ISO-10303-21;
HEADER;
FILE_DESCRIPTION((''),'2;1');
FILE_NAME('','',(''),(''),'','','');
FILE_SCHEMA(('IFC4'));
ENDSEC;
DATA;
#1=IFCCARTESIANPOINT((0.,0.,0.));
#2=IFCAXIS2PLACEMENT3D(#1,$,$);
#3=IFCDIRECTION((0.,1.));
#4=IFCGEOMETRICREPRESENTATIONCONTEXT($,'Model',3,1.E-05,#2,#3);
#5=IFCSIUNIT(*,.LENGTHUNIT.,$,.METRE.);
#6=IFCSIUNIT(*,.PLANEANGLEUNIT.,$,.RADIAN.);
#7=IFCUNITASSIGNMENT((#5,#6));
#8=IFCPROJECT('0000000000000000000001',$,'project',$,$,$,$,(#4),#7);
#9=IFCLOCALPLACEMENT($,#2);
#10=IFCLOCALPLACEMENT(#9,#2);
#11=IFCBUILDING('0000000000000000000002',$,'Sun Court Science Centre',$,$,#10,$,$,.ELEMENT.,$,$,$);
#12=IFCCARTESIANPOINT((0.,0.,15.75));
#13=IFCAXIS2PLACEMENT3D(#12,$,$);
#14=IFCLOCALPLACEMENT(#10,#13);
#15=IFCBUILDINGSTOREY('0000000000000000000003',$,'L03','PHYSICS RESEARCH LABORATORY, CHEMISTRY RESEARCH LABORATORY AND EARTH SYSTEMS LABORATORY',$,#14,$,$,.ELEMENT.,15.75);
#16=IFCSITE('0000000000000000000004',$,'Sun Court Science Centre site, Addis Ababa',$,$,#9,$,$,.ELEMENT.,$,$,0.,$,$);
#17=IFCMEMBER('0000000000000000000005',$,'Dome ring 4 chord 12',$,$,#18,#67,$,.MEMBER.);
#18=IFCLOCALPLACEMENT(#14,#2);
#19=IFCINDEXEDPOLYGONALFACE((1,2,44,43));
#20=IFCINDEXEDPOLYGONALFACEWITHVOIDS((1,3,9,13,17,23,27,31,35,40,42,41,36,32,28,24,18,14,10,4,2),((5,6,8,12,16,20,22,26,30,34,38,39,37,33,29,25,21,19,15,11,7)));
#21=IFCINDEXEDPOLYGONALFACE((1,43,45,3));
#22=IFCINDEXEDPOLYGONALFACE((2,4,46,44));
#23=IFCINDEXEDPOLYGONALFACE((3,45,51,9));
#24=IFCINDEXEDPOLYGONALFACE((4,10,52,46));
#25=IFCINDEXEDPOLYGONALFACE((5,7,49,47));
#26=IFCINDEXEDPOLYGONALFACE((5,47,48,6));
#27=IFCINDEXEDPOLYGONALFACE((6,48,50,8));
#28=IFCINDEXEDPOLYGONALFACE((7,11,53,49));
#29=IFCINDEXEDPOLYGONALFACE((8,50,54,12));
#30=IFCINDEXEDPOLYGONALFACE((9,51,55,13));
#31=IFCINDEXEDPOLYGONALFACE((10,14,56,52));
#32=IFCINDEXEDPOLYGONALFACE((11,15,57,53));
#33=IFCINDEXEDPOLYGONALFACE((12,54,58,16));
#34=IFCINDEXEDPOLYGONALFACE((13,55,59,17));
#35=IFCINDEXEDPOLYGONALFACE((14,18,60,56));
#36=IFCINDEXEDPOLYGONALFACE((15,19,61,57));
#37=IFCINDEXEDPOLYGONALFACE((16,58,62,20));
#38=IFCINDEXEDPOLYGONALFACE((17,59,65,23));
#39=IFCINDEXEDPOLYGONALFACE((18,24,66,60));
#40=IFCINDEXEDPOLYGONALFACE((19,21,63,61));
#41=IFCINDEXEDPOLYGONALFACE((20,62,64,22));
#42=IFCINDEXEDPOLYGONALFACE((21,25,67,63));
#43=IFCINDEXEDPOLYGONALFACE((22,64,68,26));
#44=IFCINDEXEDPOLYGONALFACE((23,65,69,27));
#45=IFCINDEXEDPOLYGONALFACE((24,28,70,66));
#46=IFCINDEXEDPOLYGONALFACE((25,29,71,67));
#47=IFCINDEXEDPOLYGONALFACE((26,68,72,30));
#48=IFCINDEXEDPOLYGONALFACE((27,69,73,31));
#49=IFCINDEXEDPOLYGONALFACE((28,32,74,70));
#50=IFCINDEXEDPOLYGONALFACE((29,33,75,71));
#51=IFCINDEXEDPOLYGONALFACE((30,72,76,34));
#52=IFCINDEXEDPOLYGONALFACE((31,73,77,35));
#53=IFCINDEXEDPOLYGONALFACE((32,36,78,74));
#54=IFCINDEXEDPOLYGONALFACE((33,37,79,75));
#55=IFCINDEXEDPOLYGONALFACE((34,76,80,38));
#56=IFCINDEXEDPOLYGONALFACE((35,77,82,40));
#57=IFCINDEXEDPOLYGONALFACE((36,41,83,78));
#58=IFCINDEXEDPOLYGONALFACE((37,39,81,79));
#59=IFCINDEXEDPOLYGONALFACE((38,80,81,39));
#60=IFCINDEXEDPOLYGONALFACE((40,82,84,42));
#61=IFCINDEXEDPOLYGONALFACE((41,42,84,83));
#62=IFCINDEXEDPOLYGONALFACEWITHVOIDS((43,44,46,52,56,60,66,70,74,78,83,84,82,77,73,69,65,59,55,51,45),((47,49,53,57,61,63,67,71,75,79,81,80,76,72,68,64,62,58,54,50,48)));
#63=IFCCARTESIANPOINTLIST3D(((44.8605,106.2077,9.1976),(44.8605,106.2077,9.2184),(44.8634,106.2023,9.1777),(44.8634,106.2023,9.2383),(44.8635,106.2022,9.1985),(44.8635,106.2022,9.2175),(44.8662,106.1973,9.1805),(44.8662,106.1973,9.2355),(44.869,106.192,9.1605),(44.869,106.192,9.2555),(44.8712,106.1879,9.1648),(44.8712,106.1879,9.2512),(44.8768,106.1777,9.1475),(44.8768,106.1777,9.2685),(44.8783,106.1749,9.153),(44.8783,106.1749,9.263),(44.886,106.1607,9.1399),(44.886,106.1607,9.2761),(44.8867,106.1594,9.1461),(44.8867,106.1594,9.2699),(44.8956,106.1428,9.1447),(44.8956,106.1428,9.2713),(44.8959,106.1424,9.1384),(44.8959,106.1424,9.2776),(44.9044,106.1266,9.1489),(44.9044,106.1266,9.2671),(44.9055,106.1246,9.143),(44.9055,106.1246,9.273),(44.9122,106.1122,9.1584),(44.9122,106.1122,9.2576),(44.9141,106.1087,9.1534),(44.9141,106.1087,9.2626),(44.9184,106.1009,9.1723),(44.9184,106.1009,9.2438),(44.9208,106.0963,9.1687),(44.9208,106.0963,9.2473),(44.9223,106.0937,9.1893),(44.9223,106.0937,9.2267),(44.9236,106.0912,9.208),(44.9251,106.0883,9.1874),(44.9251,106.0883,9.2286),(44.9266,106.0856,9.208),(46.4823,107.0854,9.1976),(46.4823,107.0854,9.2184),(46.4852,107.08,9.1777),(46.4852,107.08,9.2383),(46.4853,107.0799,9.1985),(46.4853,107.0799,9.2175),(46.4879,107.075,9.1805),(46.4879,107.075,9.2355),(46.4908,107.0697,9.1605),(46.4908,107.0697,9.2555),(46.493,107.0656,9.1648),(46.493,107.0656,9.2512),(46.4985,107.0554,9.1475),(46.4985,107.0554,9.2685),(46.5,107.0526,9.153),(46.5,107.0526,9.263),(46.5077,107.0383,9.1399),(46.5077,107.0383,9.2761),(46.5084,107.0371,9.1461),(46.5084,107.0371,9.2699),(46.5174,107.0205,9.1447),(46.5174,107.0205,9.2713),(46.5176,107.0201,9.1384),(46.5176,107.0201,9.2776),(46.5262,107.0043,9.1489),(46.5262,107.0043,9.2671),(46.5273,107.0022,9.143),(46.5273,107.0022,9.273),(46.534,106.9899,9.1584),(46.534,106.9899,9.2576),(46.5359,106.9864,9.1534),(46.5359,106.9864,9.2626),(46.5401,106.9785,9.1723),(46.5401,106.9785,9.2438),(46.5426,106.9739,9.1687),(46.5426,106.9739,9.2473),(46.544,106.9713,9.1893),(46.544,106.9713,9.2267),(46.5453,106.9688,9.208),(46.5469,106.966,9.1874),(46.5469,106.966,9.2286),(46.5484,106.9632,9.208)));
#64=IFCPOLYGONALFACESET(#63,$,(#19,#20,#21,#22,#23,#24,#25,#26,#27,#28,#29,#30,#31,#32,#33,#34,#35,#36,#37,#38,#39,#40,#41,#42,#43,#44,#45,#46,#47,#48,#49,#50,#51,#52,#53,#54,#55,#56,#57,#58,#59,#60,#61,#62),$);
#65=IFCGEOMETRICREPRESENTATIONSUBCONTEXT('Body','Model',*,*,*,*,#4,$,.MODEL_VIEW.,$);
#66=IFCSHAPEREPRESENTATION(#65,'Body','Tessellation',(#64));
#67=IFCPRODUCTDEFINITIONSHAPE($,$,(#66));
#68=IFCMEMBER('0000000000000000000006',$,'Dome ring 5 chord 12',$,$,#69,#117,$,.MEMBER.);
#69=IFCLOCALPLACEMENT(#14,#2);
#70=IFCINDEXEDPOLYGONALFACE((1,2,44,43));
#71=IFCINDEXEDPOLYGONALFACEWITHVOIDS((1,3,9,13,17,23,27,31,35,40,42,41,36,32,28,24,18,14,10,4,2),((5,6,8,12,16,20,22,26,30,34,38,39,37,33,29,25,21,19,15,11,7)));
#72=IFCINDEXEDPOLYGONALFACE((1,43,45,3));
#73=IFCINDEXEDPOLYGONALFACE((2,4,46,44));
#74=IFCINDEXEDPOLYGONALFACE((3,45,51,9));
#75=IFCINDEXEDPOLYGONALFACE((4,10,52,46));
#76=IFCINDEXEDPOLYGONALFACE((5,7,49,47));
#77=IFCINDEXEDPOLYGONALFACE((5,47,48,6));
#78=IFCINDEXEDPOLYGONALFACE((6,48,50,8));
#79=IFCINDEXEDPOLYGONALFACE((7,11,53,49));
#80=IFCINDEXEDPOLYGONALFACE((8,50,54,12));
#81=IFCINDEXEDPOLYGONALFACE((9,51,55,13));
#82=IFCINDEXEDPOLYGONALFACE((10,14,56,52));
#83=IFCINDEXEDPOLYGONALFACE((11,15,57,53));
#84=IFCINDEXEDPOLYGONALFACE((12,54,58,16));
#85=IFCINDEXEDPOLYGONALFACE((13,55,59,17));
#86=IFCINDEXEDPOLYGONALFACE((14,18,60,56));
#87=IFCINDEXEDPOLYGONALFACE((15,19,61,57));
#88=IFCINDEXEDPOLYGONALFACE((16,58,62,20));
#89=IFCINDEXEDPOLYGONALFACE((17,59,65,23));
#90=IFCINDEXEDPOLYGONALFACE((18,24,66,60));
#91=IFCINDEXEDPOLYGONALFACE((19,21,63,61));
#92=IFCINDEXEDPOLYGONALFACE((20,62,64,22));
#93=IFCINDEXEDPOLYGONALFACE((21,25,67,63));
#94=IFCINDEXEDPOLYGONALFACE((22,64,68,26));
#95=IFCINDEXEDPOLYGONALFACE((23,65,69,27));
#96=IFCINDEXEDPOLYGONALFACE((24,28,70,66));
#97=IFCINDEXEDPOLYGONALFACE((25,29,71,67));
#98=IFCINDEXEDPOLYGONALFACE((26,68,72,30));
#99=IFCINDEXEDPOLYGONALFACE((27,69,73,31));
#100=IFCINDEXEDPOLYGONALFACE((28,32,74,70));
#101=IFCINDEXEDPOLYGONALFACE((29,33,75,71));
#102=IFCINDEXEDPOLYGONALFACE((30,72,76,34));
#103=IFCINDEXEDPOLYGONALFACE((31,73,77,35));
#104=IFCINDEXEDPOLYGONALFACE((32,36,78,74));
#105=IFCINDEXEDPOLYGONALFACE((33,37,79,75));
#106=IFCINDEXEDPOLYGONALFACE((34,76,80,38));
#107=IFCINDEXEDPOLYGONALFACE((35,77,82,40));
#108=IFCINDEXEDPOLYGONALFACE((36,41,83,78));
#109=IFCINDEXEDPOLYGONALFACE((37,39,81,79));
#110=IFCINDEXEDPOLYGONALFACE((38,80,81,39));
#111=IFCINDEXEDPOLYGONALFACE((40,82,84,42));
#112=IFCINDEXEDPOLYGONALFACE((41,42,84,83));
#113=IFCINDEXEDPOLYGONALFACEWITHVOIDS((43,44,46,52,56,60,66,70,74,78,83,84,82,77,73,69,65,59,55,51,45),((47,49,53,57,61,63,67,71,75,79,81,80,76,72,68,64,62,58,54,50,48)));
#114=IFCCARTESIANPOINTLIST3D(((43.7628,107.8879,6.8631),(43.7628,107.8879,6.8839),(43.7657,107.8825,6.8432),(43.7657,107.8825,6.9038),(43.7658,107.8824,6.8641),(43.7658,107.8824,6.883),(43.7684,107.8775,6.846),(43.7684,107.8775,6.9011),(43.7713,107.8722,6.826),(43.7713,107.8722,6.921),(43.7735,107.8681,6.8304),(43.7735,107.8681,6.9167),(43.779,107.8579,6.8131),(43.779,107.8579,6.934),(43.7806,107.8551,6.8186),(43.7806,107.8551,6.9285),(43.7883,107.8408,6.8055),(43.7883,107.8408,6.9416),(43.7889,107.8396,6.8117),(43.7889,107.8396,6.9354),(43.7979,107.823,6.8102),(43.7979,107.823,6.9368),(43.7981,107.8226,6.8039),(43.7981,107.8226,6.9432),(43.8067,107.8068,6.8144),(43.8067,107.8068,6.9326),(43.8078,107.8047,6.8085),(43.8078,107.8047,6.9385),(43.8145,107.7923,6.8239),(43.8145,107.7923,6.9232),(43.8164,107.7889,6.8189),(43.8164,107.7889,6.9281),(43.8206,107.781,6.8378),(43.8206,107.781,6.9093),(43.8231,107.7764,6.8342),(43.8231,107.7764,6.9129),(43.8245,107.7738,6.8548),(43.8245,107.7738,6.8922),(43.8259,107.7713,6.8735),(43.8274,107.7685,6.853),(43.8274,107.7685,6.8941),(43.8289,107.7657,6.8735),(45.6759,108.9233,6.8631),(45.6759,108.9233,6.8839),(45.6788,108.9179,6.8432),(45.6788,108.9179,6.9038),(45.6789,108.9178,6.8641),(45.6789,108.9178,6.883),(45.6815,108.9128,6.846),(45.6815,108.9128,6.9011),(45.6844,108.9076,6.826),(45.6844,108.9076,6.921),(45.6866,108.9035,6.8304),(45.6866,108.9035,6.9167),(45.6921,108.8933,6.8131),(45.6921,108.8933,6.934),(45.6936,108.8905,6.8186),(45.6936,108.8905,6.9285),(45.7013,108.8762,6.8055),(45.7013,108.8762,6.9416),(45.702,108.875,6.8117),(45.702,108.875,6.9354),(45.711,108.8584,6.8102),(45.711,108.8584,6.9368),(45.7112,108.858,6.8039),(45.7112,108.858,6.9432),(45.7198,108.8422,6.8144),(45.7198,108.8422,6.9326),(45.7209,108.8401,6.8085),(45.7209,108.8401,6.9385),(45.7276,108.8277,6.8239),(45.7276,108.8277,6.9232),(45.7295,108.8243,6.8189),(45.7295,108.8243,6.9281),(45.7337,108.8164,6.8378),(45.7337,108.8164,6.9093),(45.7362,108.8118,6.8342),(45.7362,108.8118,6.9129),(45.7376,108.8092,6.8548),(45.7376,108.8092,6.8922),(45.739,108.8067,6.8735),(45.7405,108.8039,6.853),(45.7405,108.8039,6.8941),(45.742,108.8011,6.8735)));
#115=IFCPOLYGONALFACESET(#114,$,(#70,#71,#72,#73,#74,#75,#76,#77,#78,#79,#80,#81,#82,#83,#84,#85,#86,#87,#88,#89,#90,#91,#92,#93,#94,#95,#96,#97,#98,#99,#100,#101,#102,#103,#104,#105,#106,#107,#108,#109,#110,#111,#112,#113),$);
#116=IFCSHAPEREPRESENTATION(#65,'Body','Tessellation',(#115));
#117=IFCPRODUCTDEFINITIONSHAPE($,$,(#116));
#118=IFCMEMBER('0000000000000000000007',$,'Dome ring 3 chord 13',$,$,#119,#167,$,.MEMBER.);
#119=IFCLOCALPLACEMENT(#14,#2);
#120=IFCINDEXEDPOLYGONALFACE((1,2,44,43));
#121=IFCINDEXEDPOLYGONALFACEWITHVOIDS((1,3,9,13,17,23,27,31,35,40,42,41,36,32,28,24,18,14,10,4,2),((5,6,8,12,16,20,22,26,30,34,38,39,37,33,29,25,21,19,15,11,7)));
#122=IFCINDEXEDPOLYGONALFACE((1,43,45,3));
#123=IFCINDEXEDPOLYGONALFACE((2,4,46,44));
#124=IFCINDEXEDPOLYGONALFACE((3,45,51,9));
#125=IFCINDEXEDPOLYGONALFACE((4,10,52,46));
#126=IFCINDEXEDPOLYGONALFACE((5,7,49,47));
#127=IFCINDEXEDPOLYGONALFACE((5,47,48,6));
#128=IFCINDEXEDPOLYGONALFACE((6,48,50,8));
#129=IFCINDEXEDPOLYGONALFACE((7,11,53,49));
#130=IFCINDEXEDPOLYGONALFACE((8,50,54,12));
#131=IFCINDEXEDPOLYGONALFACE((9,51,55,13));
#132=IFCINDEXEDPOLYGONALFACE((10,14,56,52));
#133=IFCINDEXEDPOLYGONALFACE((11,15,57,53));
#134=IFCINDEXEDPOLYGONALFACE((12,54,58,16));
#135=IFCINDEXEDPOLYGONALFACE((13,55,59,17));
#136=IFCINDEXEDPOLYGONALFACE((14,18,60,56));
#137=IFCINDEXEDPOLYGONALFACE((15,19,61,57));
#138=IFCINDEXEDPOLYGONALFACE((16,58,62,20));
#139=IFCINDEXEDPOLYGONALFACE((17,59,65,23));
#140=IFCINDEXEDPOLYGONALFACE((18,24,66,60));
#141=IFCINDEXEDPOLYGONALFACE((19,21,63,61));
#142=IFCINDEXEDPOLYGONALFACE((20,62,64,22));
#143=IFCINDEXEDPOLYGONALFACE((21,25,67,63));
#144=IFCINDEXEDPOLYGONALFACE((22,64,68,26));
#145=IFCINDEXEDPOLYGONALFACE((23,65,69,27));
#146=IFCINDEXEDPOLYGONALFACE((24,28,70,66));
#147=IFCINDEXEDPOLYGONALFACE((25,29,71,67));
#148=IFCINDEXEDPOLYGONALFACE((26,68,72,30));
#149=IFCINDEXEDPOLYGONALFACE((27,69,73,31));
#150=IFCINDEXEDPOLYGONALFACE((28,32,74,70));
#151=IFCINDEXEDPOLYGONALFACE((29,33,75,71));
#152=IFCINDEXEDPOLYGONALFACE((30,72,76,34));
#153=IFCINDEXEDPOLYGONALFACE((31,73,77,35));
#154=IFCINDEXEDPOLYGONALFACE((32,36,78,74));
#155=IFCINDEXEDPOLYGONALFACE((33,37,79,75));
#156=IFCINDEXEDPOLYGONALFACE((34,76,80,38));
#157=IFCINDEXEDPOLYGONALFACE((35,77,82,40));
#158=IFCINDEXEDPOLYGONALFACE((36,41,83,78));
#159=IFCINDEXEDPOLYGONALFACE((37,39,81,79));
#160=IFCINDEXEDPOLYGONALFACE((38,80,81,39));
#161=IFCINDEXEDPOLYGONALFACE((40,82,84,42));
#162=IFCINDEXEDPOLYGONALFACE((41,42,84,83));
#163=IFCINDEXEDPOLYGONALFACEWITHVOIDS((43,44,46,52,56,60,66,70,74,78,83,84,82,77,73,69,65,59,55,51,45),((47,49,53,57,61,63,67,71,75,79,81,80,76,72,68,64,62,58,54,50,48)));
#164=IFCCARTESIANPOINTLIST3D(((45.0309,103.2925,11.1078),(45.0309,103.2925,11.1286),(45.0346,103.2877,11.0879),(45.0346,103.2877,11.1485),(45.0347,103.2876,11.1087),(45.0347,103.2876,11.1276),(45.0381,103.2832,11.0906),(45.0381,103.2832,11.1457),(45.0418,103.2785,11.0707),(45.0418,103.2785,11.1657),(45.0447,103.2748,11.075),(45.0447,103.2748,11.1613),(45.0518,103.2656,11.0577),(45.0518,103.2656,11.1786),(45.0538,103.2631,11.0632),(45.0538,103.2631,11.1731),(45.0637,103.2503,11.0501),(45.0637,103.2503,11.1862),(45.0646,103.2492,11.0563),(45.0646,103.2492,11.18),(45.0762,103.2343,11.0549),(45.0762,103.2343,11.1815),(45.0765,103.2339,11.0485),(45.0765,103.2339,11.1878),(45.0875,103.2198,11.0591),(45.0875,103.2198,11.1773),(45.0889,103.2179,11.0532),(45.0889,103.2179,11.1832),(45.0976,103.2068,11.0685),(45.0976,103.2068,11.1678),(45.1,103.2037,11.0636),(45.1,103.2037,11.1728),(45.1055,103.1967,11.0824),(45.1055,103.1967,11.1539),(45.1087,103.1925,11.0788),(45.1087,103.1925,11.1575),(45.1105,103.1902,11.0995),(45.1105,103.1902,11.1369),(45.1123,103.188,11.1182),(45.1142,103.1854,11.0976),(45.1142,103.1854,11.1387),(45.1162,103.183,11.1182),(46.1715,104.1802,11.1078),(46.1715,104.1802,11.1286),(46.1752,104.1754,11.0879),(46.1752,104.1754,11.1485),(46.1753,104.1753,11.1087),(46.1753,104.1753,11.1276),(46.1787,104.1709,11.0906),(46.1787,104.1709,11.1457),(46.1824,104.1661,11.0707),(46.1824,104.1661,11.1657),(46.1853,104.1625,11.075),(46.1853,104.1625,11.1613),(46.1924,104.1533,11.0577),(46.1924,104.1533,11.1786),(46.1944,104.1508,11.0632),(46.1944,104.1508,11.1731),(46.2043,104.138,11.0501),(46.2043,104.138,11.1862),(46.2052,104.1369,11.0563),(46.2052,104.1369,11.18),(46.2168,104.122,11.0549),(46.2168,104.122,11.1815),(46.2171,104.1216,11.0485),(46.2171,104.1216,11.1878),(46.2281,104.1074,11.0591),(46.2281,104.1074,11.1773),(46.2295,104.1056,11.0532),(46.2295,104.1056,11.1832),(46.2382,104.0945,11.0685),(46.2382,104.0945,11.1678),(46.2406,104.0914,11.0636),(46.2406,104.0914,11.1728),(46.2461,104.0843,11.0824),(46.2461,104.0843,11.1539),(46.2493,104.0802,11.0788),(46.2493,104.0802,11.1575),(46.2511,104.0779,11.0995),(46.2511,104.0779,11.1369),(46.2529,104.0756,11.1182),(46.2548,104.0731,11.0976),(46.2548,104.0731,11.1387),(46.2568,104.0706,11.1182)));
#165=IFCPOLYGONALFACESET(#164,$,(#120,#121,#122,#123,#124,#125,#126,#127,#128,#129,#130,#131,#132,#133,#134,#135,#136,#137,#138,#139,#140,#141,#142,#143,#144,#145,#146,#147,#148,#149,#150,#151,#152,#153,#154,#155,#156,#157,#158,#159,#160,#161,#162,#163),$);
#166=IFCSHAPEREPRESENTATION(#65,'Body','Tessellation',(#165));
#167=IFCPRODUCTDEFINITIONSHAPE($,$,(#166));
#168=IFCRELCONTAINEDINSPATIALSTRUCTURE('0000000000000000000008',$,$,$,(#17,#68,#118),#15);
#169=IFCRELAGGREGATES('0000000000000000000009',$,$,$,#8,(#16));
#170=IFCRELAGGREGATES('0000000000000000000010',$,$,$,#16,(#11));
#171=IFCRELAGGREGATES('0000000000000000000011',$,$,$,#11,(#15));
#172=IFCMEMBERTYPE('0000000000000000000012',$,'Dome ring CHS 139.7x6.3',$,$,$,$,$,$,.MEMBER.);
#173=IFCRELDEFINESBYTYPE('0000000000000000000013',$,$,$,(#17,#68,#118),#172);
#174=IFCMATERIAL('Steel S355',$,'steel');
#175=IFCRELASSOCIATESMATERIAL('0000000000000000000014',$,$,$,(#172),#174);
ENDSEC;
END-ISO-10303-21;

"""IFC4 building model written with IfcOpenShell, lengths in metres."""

from ifc_helpers import new_model, si_unit, direction, frame, origin, origin_2d, place, context, subcontext, project, spatial, hollow_circle, extrude, material, material_profile, profile_set, type_object, element, save


model = new_model("IFC4")

# Units and contexts
model_context = context("Model", 3, precision=1e-05, world=origin(), true_north=direction((0.0, 1.0)))
body_context = subcontext(model_context, "Body", "Model", "MODEL_VIEW")
ifc_project = project(units=[si_unit("LENGTHUNIT", "METRE"), si_unit("PLANEANGLEUNIT", "RADIAN")], contexts=[model_context])

# Site, building, storey
site_placement = place(None, origin())
site = spatial("IfcSite", under=ifc_project, at=site_placement, Name="Sun Court Science Centre site, Addis Ababa", CompositionType="ELEMENT", RefElevation=0.0)
building_placement = place(site_placement, origin())
building = spatial("IfcBuilding", under=site, at=building_placement, Name="Sun Court Science Centre", CompositionType="ELEMENT")
storey_placement = place(building_placement, frame((0.0, 0.0, 15.75)))
storey = spatial("IfcBuildingStorey", under=building, at=storey_placement, Name="L03", Description="PHYSICS RESEARCH LABORATORY, CHEMISTRY RESEARCH LABORATORY AND EARTH SYSTEMS LABORATORY", CompositionType="ELEMENT", Elevation=15.75)

# Members
ifc_material_1 = material(Name="Steel S355", Category="steel")
ifc_material_profile_1 = material_profile(ifc_material_1, hollow_circle(Radius=0.0698, WallThickness=0.0063, at=origin_2d()), Name="CHS 139.7x6.3")
ifc_profile_set_1 = profile_set([ifc_material_profile_1], Name="Steel S355")
member_type_1 = type_object("IfcMemberType", Name="Dome ring CHS 139.7x6.3", PredefinedType="MEMBER", material=ifc_profile_set_1)
member_1_placement = place(storey_placement, frame((46.5151, 107.0247, 9.208), z_axis=(-0.879474, -0.475946, 0.0), x_axis=(0.475946, -0.879474, 0.0)))
element("IfcMember", 1, at=member_1_placement, inside=storey, type_object=member_type_1, Name="Dome ring 4 chord 12", PredefinedType="MEMBER", context=body_context, shape_type="SweptSolid", body=[
    extrude(hollow_circle(Radius=0.0698, WallThickness=0.0063, at=origin_2d()), origin(), (0.0, 0.0, 1.0), 1.844),
])
member_2_placement = place(storey_placement, frame((45.7087, 108.8625, 6.8735), z_axis=(-0.879456, -0.475979, 0.0), x_axis=(0.475979, -0.879456, 0.0)))
element("IfcMember", 2, at=member_2_placement, inside=storey, type_object=member_type_1, Name="Dome ring 5 chord 12", PredefinedType="MEMBER", context=body_context, shape_type="SweptSolid", body=[
    extrude(hollow_circle(Radius=0.0698, WallThickness=0.0063, at=origin_2d()), origin(), (0.0, 0.0, 1.0), 2.1753),
])
member_3_placement = place(storey_placement, frame((46.2139, 104.1257, 11.1182), z_axis=(-0.78917, -0.614174, 0.0), x_axis=(0.614174, -0.78917, 0.0)))
element("IfcMember", 3, at=member_3_placement, inside=storey, type_object=member_type_1, Name="Dome ring 3 chord 13", PredefinedType="MEMBER", context=body_context, shape_type="SweptSolid", body=[
    extrude(hollow_circle(Radius=0.0698, WallThickness=0.0063, at=origin_2d()), origin(), (0.0, 0.0, 1.0), 1.4453),
])

save(model, "model.ifc")
